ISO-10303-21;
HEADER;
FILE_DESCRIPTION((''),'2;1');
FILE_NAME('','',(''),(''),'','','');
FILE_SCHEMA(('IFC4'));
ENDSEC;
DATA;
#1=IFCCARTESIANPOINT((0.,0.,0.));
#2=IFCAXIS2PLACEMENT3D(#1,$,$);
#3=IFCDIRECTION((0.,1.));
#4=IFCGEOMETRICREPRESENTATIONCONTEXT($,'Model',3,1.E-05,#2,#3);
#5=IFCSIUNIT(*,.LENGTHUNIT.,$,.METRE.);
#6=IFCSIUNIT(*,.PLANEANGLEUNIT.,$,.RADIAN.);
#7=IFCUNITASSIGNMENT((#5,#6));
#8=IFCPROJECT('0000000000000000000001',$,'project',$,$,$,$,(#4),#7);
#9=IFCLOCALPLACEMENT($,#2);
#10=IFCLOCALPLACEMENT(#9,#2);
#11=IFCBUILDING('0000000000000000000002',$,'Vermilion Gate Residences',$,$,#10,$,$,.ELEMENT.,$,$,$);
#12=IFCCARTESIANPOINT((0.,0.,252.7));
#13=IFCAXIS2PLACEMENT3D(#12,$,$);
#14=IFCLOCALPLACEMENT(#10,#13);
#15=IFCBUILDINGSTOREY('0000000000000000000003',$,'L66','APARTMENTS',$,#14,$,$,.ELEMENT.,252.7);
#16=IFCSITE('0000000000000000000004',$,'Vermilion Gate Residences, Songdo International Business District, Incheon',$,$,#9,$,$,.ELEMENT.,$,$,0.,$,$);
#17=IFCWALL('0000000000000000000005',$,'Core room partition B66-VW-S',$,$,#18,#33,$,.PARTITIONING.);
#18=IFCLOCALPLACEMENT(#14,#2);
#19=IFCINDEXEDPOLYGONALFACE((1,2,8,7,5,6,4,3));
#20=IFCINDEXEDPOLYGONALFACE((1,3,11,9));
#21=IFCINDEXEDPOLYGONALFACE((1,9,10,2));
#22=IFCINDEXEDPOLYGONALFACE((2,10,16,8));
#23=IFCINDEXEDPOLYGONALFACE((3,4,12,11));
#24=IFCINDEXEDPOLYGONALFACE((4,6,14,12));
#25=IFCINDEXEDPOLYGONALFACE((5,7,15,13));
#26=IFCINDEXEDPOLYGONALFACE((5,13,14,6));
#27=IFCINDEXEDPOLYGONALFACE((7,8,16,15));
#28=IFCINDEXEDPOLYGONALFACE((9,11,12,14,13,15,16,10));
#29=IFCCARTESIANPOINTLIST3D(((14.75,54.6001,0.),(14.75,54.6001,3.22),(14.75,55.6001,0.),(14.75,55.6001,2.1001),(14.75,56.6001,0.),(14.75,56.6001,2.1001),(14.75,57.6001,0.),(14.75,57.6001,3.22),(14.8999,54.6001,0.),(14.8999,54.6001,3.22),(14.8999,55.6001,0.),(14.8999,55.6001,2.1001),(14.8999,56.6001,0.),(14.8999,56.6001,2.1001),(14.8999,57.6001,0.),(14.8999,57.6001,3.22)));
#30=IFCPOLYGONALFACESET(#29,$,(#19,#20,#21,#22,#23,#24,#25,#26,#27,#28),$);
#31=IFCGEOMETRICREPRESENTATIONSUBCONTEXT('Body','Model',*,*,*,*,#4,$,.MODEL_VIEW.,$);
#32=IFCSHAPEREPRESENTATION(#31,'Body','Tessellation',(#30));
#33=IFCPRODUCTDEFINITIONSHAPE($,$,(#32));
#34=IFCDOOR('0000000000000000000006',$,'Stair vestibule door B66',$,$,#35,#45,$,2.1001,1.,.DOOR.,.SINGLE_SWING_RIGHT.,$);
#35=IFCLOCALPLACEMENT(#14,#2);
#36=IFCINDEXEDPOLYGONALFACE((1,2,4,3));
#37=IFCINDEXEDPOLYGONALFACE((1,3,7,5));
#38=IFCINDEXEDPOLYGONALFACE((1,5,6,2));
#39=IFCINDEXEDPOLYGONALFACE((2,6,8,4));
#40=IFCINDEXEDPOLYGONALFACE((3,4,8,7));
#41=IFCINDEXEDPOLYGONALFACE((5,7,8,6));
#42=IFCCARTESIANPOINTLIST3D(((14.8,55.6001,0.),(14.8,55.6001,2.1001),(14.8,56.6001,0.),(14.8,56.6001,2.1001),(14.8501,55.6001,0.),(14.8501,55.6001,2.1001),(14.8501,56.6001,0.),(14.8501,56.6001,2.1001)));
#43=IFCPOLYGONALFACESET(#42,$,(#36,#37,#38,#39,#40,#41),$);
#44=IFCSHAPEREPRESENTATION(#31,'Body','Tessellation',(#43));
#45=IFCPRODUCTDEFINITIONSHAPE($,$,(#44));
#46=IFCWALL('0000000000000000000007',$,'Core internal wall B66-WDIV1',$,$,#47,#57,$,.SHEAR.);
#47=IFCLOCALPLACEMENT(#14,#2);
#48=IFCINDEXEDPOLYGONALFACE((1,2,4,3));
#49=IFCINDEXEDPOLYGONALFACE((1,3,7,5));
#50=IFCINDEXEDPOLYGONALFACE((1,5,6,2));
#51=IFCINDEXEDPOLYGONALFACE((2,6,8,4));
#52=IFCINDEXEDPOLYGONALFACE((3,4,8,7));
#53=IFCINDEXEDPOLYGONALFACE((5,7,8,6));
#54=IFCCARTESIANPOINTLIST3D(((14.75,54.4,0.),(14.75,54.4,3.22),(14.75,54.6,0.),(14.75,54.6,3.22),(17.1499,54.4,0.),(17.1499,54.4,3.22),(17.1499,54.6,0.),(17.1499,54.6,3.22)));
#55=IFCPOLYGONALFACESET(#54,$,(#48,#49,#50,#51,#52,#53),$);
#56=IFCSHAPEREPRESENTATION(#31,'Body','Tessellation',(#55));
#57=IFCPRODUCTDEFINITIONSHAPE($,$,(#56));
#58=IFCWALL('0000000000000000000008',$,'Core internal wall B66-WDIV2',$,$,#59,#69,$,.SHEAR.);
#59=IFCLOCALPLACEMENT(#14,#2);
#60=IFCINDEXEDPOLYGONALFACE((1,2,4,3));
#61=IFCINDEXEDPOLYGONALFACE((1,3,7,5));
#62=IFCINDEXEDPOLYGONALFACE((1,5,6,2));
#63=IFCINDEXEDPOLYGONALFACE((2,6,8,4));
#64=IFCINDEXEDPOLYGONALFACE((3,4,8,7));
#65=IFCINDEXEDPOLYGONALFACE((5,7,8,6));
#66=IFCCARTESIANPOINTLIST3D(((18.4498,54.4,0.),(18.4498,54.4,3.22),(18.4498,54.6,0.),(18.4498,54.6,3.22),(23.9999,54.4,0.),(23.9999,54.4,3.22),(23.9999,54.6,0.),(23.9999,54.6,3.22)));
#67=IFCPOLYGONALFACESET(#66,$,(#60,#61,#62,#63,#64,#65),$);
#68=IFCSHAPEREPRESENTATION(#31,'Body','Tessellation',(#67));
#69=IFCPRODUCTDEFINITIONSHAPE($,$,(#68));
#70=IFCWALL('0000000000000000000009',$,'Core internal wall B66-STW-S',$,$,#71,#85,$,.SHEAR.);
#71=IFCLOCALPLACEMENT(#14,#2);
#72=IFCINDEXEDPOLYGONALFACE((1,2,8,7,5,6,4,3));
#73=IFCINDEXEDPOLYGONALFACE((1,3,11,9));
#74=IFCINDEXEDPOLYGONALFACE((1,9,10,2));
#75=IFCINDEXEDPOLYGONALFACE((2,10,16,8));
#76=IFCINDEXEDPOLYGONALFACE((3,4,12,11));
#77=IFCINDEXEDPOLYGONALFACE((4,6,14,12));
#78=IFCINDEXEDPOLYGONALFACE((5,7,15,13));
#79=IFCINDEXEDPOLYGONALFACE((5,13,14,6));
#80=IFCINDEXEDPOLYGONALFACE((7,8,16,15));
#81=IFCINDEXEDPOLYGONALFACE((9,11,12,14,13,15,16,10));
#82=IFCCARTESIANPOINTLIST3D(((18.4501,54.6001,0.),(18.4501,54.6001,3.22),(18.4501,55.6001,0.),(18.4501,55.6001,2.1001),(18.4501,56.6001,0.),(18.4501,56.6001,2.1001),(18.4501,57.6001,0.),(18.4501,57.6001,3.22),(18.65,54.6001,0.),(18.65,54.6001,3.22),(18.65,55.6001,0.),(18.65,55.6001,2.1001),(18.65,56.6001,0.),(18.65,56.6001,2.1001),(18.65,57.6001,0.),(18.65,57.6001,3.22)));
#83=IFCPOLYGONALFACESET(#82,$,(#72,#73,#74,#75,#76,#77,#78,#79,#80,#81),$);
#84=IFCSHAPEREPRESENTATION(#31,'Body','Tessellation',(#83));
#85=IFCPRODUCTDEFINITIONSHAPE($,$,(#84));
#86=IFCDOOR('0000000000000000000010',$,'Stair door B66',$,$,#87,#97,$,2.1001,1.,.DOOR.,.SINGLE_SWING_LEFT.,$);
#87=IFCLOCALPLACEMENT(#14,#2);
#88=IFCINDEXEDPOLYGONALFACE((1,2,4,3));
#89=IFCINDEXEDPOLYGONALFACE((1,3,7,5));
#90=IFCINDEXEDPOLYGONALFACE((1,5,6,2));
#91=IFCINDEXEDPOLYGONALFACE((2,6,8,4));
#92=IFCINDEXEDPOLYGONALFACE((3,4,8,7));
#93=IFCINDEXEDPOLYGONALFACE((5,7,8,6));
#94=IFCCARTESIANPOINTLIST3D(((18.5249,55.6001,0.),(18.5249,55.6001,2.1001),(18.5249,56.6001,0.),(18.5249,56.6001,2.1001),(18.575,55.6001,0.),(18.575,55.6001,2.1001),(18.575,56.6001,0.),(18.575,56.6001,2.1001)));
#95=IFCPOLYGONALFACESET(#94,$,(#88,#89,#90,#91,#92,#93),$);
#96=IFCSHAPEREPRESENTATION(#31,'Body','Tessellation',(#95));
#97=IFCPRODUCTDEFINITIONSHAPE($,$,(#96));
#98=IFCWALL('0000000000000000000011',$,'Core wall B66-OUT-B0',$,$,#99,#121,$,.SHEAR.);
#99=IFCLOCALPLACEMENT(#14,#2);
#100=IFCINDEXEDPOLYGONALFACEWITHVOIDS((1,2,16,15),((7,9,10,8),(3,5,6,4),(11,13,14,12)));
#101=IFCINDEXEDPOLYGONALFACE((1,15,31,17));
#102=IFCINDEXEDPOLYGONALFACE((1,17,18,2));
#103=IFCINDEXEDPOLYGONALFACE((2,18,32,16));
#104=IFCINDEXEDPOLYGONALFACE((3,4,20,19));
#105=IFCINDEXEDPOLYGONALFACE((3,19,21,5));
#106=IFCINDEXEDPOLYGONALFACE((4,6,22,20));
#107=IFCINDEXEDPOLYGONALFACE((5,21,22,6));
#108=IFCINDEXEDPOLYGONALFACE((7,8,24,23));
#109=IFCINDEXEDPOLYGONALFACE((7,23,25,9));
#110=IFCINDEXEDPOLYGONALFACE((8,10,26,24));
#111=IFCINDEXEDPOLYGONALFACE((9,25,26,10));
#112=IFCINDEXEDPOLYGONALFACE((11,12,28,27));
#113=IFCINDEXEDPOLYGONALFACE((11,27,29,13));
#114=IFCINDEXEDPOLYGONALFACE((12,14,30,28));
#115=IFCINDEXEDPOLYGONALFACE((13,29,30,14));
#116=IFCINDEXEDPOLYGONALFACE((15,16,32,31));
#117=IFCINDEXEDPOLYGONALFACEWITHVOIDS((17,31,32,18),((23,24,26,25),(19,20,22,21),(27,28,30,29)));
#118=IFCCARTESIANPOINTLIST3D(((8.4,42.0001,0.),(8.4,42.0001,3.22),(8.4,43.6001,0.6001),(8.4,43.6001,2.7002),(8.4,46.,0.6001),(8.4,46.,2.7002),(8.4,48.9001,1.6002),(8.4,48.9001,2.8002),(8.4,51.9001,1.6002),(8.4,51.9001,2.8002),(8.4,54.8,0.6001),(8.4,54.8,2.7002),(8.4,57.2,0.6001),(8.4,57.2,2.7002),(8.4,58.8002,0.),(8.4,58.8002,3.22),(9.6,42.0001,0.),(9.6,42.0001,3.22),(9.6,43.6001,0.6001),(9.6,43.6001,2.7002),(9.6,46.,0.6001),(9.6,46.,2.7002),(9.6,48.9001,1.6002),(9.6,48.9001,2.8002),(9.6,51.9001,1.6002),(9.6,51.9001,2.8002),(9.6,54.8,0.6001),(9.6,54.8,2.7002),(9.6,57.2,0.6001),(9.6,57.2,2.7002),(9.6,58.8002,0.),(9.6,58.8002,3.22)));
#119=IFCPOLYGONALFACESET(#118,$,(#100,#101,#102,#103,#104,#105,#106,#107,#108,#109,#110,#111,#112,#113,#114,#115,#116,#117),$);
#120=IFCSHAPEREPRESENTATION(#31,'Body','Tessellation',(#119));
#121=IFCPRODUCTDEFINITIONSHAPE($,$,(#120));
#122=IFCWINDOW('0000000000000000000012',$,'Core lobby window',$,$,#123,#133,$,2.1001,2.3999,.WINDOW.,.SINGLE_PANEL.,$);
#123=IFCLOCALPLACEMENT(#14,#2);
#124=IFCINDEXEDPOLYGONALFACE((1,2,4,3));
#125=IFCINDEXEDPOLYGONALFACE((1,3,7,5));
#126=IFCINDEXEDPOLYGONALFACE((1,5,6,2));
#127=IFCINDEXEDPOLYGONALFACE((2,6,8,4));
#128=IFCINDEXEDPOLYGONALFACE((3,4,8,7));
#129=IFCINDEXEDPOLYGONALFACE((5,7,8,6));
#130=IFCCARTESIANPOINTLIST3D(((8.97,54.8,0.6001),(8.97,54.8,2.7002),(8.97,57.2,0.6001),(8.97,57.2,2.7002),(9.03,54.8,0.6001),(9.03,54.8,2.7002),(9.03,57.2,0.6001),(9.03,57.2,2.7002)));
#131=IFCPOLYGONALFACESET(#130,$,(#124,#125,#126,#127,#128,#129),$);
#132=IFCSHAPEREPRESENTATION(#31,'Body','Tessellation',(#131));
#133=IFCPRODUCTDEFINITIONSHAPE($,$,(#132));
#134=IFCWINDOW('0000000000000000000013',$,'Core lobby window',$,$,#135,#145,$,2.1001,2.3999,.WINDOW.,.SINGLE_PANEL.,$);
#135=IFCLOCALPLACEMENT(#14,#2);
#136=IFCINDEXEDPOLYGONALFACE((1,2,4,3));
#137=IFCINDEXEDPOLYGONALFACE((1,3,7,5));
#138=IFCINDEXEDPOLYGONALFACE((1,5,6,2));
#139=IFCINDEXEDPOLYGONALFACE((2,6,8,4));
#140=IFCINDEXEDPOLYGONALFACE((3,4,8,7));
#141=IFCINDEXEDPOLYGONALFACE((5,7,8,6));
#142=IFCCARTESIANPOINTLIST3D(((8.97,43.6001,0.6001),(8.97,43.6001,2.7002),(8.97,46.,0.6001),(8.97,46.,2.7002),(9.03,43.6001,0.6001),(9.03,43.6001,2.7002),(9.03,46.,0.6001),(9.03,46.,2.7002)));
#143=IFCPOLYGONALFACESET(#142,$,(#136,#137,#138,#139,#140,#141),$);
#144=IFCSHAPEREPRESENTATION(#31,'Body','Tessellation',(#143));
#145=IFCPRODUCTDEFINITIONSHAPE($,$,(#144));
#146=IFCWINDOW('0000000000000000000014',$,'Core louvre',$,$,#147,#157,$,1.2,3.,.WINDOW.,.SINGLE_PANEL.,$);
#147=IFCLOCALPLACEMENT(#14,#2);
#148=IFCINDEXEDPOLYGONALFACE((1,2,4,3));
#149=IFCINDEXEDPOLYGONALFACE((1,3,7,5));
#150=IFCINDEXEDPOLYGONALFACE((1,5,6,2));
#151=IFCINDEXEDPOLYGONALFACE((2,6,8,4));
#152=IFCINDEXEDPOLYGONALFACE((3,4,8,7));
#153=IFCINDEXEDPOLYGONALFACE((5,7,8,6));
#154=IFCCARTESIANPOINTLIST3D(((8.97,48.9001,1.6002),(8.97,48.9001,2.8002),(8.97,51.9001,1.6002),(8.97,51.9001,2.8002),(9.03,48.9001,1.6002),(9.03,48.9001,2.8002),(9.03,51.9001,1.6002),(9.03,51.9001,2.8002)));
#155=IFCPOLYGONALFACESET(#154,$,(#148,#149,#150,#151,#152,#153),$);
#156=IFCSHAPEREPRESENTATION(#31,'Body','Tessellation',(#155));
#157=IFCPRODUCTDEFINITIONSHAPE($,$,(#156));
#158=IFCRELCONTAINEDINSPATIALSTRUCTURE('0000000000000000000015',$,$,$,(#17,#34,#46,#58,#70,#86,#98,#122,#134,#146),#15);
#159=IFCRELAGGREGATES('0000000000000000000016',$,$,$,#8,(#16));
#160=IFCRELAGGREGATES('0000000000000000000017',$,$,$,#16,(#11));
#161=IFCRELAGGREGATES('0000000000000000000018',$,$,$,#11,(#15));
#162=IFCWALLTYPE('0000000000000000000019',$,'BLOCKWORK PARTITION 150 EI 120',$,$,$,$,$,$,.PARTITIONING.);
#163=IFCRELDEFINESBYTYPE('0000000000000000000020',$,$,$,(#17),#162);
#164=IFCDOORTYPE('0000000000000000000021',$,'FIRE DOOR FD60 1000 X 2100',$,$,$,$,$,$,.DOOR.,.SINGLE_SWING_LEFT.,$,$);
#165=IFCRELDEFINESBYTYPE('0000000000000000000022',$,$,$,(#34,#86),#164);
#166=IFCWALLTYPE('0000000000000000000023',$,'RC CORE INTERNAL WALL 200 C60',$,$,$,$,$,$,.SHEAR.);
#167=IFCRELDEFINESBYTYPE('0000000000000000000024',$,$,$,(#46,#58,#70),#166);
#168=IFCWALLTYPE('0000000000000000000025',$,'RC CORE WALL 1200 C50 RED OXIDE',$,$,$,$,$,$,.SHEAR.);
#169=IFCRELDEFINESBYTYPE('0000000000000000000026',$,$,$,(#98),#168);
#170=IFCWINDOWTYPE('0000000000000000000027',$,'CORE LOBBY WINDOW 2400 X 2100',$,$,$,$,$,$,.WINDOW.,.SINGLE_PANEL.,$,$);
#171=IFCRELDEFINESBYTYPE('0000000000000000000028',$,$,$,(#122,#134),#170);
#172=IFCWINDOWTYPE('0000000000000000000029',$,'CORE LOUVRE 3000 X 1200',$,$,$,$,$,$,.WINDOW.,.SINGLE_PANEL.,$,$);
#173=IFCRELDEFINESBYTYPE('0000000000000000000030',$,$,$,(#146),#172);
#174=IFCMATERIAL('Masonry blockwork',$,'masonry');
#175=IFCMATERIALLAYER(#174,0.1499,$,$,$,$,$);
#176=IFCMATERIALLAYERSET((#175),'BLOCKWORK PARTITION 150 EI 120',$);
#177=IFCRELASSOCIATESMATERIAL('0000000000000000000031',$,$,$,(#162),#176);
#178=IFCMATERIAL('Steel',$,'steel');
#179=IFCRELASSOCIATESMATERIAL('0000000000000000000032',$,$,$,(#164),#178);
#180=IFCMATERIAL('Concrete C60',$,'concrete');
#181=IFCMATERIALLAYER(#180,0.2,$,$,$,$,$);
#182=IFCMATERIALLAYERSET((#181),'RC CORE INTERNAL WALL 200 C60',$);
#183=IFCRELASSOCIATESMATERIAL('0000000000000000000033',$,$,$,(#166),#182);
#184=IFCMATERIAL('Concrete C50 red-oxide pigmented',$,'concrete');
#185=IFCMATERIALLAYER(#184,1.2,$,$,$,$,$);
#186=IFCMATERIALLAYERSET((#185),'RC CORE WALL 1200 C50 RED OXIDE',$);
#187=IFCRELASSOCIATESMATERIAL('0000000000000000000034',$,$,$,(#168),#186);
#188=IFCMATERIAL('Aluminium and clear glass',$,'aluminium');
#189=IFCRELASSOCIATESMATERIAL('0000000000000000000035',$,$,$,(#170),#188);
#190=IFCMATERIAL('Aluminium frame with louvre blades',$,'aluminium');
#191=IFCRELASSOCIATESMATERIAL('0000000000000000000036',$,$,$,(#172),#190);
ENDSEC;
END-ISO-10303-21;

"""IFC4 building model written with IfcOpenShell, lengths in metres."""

from ifc_helpers import new_model, si_unit, direction, frame, frame_2d, origin, place, context, subcontext, project, spatial, rectangle, extrude, material, layer, layer_set, type_object, element, fill, save


model = new_model("IFC4")

# Units and contexts
model_context = context("Model", 3, precision=1e-05, world=origin(), true_north=direction((0.0, 1.0)))
body_context = subcontext(model_context, "Body", "Model", "MODEL_VIEW")
ifc_project = project(units=[si_unit("LENGTHUNIT", "METRE"), si_unit("PLANEANGLEUNIT", "RADIAN")], contexts=[model_context])

# Site, building, storey
site_placement = place(None, origin())
site = spatial("IfcSite", under=ifc_project, at=site_placement, Name="Vermilion Gate Residences, Songdo International Business District, Incheon", CompositionType="ELEMENT", RefElevation=0.0)
building_placement = place(site_placement, origin())
building = spatial("IfcBuilding", under=site, at=building_placement, Name="Vermilion Gate Residences", CompositionType="ELEMENT")
storey_placement = place(building_placement, frame((0.0, 0.0, 252.7)))
storey = spatial("IfcBuildingStorey", under=building, at=storey_placement, Name="L66", Description="APARTMENTS", CompositionType="ELEMENT", Elevation=252.7)

# Wall, opening, door
ifc_material_1 = material(Name="Masonry blockwork", Category="masonry")
ifc_layer_1 = layer(ifc_material_1, 0.1499)
ifc_layer_set_1 = layer_set([ifc_layer_1], Name="BLOCKWORK PARTITION 150 EI 120")
wall_type_1 = type_object("IfcWallType", Name="BLOCKWORK PARTITION 150 EI 120", PredefinedType="PARTITIONING", material=ifc_layer_set_1)
wall_1_placement = place(storey_placement, frame((14.825, 57.6001, 0.0), z_axis=(0.0, 0.0, 1.0), x_axis=(0.0, -1.0, 0.0)))
wall_1 = element("IfcWall", 1, at=wall_1_placement, inside=storey, type_object=wall_type_1, Name="Core room partition B66-VW-S", PredefinedType="PARTITIONING", context=body_context, shape_type="SweptSolid", body=[
    extrude(rectangle(XDim=3.0, YDim=0.1499, at=frame_2d((1.5, 0.0))), origin(), (0.0, 0.0, 1.0), 3.22),
])
opening_1_placement = place(wall_1_placement, frame((1.0, 0.0, 0.0)))
opening_1 = element("IfcOpeningElement", 2, at=opening_1_placement, cuts=wall_1, PredefinedType="OPENING", context=body_context, shape_type="SweptSolid", body=[
    extrude(rectangle(XDim=1.0, YDim=2.1001, at=frame_2d((0.5, 1.05))), frame((0.0, 0.085, 0.0), z_axis=(0.0, -1.0, 0.0), x_axis=(1.0, 0.0, 0.0)), (0.0, 0.0, 1.0), 0.1699),
])
ifc_material_2 = material(Name="Steel", Category="steel")
door_type = type_object("IfcDoorType", Name="FIRE DOOR FD60 1000 X 2100", OperationType="SINGLE_SWING_LEFT", PredefinedType="DOOR", material=ifc_material_2)
door_1_placement = place(opening_1_placement, frame((1.0, 0.0, 0.0), z_axis=(0.0, 0.0, 1.0), x_axis=(-1.0, 0.0, 0.0)))
door_1 = element("IfcDoor", 3, at=door_1_placement, inside=storey, type_object=door_type, Name="Stair vestibule door B66", OperationType="SINGLE_SWING_RIGHT", OverallHeight=2.1001, OverallWidth=1.0, PredefinedType="DOOR", context=body_context, shape_type="SweptSolid", body=[
    extrude(rectangle(XDim=1.0, YDim=2.1001, at=frame_2d((0.5, 1.05))), frame((0.0, 0.0249, 0.0), z_axis=(0.0, -1.0, 0.0), x_axis=(1.0, 0.0, 0.0)), (0.0, 0.0, 1.0), 0.05),
])
fill(opening_1, door_1)

# Walls
ifc_material_3 = material(Name="Concrete C60", Category="concrete")
ifc_layer_2 = layer(ifc_material_3, 0.2)
ifc_layer_set_2 = layer_set([ifc_layer_2], Name="RC CORE INTERNAL WALL 200 C60")
wall_type_2 = type_object("IfcWallType", Name="RC CORE INTERNAL WALL 200 C60", PredefinedType="SHEAR", material=ifc_layer_set_2)
wall_2_placement = place(storey_placement, frame((14.75, 54.5, 0.0), z_axis=(0.0, 0.0, 1.0), x_axis=(1.0, 0.0, 0.0)))
element("IfcWall", 4, at=wall_2_placement, inside=storey, type_object=wall_type_2, Name="Core internal wall B66-WDIV1", PredefinedType="SHEAR", context=body_context, shape_type="SweptSolid", body=[
    extrude(rectangle(XDim=2.3999, YDim=0.2, at=frame_2d((1.2, 0.0))), origin(), (0.0, 0.0, 1.0), 3.22),
])
wall_3_placement = place(storey_placement, frame((18.45, 54.5, 0.0), z_axis=(0.0, 0.0, 1.0), x_axis=(1.0, 0.0, 0.0)))
element("IfcWall", 5, at=wall_3_placement, inside=storey, type_object=wall_type_2, Name="Core internal wall B66-WDIV2", PredefinedType="SHEAR", context=body_context, shape_type="SweptSolid", body=[
    extrude(rectangle(XDim=5.55, YDim=0.2, at=frame_2d((2.7749, 0.0))), origin(), (0.0, 0.0, 1.0), 3.22),
])

# Wall, opening, door
wall_4_placement = place(storey_placement, frame((18.55, 57.6001, 0.0), z_axis=(0.0, 0.0, 1.0), x_axis=(0.0, -1.0, 0.0)))
wall_4 = element("IfcWall", 6, at=wall_4_placement, inside=storey, type_object=wall_type_2, Name="Core internal wall B66-STW-S", PredefinedType="SHEAR", context=body_context, shape_type="SweptSolid", body=[
    extrude(rectangle(XDim=3.0, YDim=0.2, at=frame_2d((1.5, 0.0))), origin(), (0.0, 0.0, 1.0), 3.22),
])
opening_2_placement = place(wall_4_placement, frame((1.0, 0.0, 0.0)))
opening_2 = element("IfcOpeningElement", 7, at=opening_2_placement, cuts=wall_4, PredefinedType="OPENING", context=body_context, shape_type="SweptSolid", body=[
    extrude(rectangle(XDim=1.0, YDim=2.1001, at=frame_2d((0.5, 1.05))), frame((0.0, 0.1099, 0.0), z_axis=(0.0, -1.0, 0.0), x_axis=(1.0, 0.0, 0.0)), (0.0, 0.0, 1.0), 0.22),
])
door_2_placement = place(opening_2_placement, origin())
door_2 = element("IfcDoor", 8, at=door_2_placement, inside=storey, type_object=door_type, Name="Stair door B66", OperationType="SINGLE_SWING_LEFT", OverallHeight=2.1001, OverallWidth=1.0, PredefinedType="DOOR", context=body_context, shape_type="SweptSolid", body=[
    extrude(rectangle(XDim=1.0, YDim=2.1001, at=frame_2d((0.5, 1.05))), frame((0.0, 0.0249, 0.0), z_axis=(0.0, -1.0, 0.0), x_axis=(1.0, 0.0, 0.0)), (0.0, 0.0, 1.0), 0.05),
])
fill(opening_2, door_2)

# Wall, openings, windows
ifc_material_4 = material(Name="Concrete C50 red-oxide pigmented", Category="concrete")
ifc_layer_3 = layer(ifc_material_4, 1.2)
ifc_layer_set_3 = layer_set([ifc_layer_3], Name="RC CORE WALL 1200 C50 RED OXIDE")
wall_type_3 = type_object("IfcWallType", Name="RC CORE WALL 1200 C50 RED OXIDE", PredefinedType="SHEAR", material=ifc_layer_set_3)
wall_5_placement = place(storey_placement, frame((9.0, 58.8, 0.0), z_axis=(0.0, 0.0, 1.0), x_axis=(0.0, -1.0, 0.0)))
wall_5 = element("IfcWall", 9, at=wall_5_placement, inside=storey, type_object=wall_type_3, Name="Core wall B66-OUT-B0", PredefinedType="SHEAR", context=body_context, shape_type="SweptSolid", body=[
    extrude(rectangle(XDim=16.8, YDim=1.2, at=frame_2d((8.3999, 0.0))), origin(), (0.0, 0.0, 1.0), 3.22),
])
opening_3_placement = place(wall_5_placement, frame((1.6001, 0.0, 0.6001)))
opening_3 = element("IfcOpeningElement", 10, at=opening_3_placement, cuts=wall_5, PredefinedType="OPENING", context=body_context, shape_type="SweptSolid", body=[
    extrude(rectangle(XDim=2.3999, YDim=2.1001, at=frame_2d((1.2, 1.05))), frame((0.0, 0.6099, 0.0), z_axis=(0.0, -1.0, 0.0), x_axis=(1.0, 0.0, 0.0)), (0.0, 0.0, 1.0), 1.22),
])
opening_4_placement = place(wall_5_placement, frame((6.8999, 0.0, 1.6001)))
opening_4 = element("IfcOpeningElement", 11, at=opening_4_placement, cuts=wall_5, PredefinedType="OPENING", context=body_context, shape_type="SweptSolid", body=[
    extrude(rectangle(XDim=3.0, YDim=1.2, at=frame_2d((1.5, 0.6001))), frame((0.0, 0.6099, 0.0), z_axis=(0.0, -1.0, 0.0), x_axis=(1.0, 0.0, 0.0)), (0.0, 0.0, 1.0), 1.22),
])
opening_5_placement = place(wall_5_placement, frame((12.8, 0.0, 0.6001)))
opening_5 = element("IfcOpeningElement", 12, at=opening_5_placement, cuts=wall_5, PredefinedType="OPENING", context=body_context, shape_type="SweptSolid", body=[
    extrude(rectangle(XDim=2.3999, YDim=2.1001, at=frame_2d((1.2, 1.05))), frame((0.0, 0.6099, 0.0), z_axis=(0.0, -1.0, 0.0), x_axis=(1.0, 0.0, 0.0)), (0.0, 0.0, 1.0), 1.22),
])
ifc_material_5 = material(Name="Aluminium and clear glass", Category="aluminium")
window_type_1 = type_object("IfcWindowType", Name="CORE LOBBY WINDOW 2400 X 2100", PartitioningType="SINGLE_PANEL", PredefinedType="WINDOW", material=ifc_material_5)
window_1_placement = place(opening_3_placement, origin())
window_1 = element("IfcWindow", 13, at=window_1_placement, inside=storey, type_object=window_type_1, Name="Core lobby window", OverallHeight=2.1001, OverallWidth=2.3999, PartitioningType="SINGLE_PANEL", PredefinedType="WINDOW", context=body_context, shape_type="SweptSolid", body=[
    extrude(rectangle(XDim=2.3999, YDim=2.1001, at=frame_2d((1.2, 1.05))), frame((0.0, 0.03, 0.0), z_axis=(0.0, -1.0, 0.0), x_axis=(1.0, 0.0, 0.0)), (0.0, 0.0, 1.0), 0.0601),
])
fill(opening_3, window_1)
window_2_placement = place(opening_5_placement, origin())
window_2 = element("IfcWindow", 14, at=window_2_placement, inside=storey, type_object=window_type_1, Name="Core lobby window", OverallHeight=2.1001, OverallWidth=2.3999, PartitioningType="SINGLE_PANEL", PredefinedType="WINDOW", context=body_context, shape_type="SweptSolid", body=[
    extrude(rectangle(XDim=2.3999, YDim=2.1001, at=frame_2d((1.2, 1.05))), frame((0.0, 0.03, 0.0), z_axis=(0.0, -1.0, 0.0), x_axis=(1.0, 0.0, 0.0)), (0.0, 0.0, 1.0), 0.0601),
])
fill(opening_5, window_2)
ifc_material_6 = material(Name="Aluminium frame with louvre blades", Category="aluminium")
window_type_2 = type_object("IfcWindowType", Name="CORE LOUVRE 3000 X 1200", PartitioningType="SINGLE_PANEL", PredefinedType="WINDOW", material=ifc_material_6)
window_3_placement = place(opening_4_placement, origin())
window_3 = element("IfcWindow", 15, at=window_3_placement, inside=storey, type_object=window_type_2, Name="Core louvre", OverallHeight=1.2, OverallWidth=3.0, PartitioningType="SINGLE_PANEL", PredefinedType="WINDOW", context=body_context, shape_type="SweptSolid", body=[
    extrude(rectangle(XDim=3.0, YDim=1.2, at=frame_2d((1.5, 0.6001))), frame((0.0, 0.03, 0.0), z_axis=(0.0, -1.0, 0.0), x_axis=(1.0, 0.0, 0.0)), (0.0, 0.0, 1.0), 0.0601),
])
fill(opening_4, window_3)

save(model, "model.ifc")
